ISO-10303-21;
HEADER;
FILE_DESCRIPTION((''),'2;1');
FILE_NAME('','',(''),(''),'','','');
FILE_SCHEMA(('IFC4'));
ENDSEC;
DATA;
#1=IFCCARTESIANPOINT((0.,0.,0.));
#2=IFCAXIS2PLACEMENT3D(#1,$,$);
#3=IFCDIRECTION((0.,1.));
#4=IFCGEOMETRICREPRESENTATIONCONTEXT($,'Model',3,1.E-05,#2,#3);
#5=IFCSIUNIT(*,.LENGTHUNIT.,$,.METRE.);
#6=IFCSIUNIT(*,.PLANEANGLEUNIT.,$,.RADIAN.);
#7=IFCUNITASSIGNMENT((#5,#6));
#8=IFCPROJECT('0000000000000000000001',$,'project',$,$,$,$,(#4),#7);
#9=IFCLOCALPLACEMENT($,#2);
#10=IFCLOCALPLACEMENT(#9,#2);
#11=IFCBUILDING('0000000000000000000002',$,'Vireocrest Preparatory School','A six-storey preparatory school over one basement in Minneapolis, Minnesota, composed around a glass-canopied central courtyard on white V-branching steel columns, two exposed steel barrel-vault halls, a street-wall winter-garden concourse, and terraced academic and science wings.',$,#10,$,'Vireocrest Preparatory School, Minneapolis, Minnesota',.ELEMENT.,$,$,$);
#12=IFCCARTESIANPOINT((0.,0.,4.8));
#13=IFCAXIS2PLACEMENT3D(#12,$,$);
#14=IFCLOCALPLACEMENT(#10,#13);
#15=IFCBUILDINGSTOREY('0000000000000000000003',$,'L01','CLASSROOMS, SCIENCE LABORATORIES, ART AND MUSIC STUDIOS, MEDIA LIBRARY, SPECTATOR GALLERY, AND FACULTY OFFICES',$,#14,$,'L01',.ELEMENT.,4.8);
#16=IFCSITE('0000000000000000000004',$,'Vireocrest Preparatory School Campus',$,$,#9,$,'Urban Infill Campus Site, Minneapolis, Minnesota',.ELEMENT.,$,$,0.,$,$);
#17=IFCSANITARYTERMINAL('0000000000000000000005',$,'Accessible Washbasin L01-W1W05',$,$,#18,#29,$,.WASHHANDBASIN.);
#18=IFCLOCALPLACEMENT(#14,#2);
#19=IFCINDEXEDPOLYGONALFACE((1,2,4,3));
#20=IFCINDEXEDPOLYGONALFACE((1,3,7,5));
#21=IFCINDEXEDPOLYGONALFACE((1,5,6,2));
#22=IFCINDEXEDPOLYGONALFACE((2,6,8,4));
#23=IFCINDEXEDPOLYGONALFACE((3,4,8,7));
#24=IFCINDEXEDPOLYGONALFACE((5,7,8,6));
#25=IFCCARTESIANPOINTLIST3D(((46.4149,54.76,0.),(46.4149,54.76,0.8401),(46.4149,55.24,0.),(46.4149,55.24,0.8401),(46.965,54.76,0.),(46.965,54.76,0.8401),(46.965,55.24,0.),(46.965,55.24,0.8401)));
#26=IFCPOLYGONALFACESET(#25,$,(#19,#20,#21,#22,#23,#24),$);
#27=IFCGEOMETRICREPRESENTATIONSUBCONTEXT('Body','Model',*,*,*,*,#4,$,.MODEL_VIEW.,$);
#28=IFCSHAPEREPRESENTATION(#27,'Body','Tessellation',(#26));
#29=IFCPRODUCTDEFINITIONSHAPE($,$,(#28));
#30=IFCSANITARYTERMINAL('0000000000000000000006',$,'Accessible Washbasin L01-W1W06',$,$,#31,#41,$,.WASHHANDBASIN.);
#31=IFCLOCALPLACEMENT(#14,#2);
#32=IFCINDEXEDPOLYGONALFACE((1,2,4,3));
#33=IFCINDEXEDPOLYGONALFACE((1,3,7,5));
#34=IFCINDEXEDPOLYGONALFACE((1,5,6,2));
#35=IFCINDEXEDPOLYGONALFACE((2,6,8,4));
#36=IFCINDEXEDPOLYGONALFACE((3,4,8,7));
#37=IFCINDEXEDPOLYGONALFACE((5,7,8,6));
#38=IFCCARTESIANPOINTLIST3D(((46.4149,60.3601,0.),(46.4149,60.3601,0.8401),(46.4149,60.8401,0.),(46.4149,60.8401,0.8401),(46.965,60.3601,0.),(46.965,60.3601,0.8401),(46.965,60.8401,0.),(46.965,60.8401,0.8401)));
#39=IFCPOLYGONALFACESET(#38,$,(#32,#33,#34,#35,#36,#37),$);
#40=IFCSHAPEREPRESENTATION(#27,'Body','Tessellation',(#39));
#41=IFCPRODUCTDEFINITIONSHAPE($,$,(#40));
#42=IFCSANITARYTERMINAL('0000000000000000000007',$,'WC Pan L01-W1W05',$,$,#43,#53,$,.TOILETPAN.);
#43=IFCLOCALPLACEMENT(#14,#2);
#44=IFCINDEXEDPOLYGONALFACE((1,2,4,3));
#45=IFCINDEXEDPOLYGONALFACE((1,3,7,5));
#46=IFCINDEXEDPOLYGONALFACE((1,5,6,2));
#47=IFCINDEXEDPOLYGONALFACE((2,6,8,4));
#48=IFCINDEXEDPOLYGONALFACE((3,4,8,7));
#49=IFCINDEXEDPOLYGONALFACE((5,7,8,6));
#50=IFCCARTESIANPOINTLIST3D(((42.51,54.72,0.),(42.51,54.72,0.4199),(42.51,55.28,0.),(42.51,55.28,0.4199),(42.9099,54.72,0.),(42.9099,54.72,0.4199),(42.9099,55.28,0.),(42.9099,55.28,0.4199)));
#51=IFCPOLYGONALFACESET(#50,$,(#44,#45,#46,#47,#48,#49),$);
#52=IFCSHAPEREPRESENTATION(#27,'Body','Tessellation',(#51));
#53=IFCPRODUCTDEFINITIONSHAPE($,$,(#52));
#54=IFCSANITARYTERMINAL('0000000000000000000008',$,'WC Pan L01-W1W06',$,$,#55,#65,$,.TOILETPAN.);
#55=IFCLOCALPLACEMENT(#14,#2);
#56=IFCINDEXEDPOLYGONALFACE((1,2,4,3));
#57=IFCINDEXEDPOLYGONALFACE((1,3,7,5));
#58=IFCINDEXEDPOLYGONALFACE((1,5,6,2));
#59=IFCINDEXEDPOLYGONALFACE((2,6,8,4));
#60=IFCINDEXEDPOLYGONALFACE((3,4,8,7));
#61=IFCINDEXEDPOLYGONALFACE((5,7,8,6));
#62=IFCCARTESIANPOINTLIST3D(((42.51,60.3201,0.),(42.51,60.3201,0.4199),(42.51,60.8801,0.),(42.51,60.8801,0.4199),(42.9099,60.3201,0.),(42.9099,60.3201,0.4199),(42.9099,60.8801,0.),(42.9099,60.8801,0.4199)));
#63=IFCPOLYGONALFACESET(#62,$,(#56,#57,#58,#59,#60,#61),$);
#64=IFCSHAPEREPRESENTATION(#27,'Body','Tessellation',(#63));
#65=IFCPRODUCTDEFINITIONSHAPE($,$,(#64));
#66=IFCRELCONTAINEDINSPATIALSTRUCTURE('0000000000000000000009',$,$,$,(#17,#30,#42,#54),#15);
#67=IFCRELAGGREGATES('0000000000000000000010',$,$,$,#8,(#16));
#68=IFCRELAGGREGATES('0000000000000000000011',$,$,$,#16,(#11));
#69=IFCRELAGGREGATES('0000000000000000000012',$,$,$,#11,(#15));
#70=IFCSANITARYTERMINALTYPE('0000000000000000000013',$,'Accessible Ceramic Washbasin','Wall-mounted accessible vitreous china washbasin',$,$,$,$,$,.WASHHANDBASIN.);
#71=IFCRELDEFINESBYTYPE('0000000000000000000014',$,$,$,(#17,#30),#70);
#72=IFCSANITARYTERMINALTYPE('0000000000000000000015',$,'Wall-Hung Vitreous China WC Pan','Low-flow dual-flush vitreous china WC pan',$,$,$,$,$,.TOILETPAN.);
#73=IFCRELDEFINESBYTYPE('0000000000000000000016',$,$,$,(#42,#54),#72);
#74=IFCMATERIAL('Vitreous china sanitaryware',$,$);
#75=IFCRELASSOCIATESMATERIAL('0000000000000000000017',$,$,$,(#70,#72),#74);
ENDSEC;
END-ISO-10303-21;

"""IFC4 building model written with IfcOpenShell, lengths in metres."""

from ifc_helpers import new_model, si_unit, direction, frame, origin, origin_2d, place, context, subcontext, project, spatial, rectangle, extrude, material, type_object, element, save


model = new_model("IFC4")

# Units and contexts
model_context = context("Model", 3, precision=1e-05, world=origin(), true_north=direction((0.0, 1.0)))
body_context = subcontext(model_context, "Body", "Model", "MODEL_VIEW")
ifc_project = project(units=[si_unit("LENGTHUNIT", "METRE"), si_unit("PLANEANGLEUNIT", "RADIAN")], contexts=[model_context])

# Site, building, storey
site_placement = place(None, origin())
site = spatial("IfcSite", under=ifc_project, at=site_placement, Name="Vireocrest Preparatory School Campus", LongName="Urban Infill Campus Site, Minneapolis, Minnesota", CompositionType="ELEMENT", RefElevation=0.0)
building_placement = place(site_placement, origin())
building = spatial("IfcBuilding", under=site, at=building_placement, Name="Vireocrest Preparatory School", Description="A six-storey preparatory school over one basement in Minneapolis, Minnesota, composed around a glass-canopied central courtyard on white V-branching steel columns, two exposed steel barrel-vault halls, a street-wall winter-garden concourse, and terraced academic and science wings.", LongName="Vireocrest Preparatory School, Minneapolis, Minnesota", CompositionType="ELEMENT")
storey_placement = place(building_placement, frame((0.0, 0.0, 4.8)))
storey = spatial("IfcBuildingStorey", under=building, at=storey_placement, Name="L01", Description="CLASSROOMS, SCIENCE LABORATORIES, ART AND MUSIC STUDIOS, MEDIA LIBRARY, SPECTATOR GALLERY, AND FACULTY OFFICES", LongName="L01", CompositionType="ELEMENT", Elevation=4.8)

# Sanitary terminals
ifc_material_1 = material(Name="Vitreous china sanitaryware")
sanitary_terminal_type_1 = type_object("IfcSanitaryTerminalType", Name="Accessible Ceramic Washbasin", Description="Wall-mounted accessible vitreous china washbasin", PredefinedType="WASHHANDBASIN", material=ifc_material_1)
for number, where, z_axis, x_axis, name in (
    (1, (46.6899, 55.0, 0.0), (0.0, 0.0, 1.0), (1.0, 0.0, 0.0), "Accessible Washbasin L01-W1W05"),
    (2, (46.6899, 60.6001, 0.0), (0.0, 0.0, 1.0), (1.0, 0.0, 0.0), "Accessible Washbasin L01-W1W06"),
):
    element("IfcSanitaryTerminal", number, at=place(storey_placement, frame(where, z_axis=z_axis, x_axis=x_axis)), inside=storey, type_object=sanitary_terminal_type_1, Name=name, PredefinedType="WASHHANDBASIN", context=body_context, shape_type="SweptSolid", body=[
        extrude(rectangle(XDim=0.55, YDim=0.48, at=origin_2d()), origin(), (0.0, 0.0, 1.0), 0.8401),
    ])
sanitary_terminal_type_2 = type_object("IfcSanitaryTerminalType", Name="Wall-Hung Vitreous China WC Pan", Description="Low-flow dual-flush vitreous china WC pan", PredefinedType="TOILETPAN", material=ifc_material_1)
for number, where, z_axis, x_axis, name in (
    (3, (42.71, 55.0, 0.0), (0.0, 0.0, 1.0), (1.0, 0.0, 0.0), "WC Pan L01-W1W05"),
    (4, (42.71, 60.6001, 0.0), (0.0, 0.0, 1.0), (1.0, 0.0, 0.0), "WC Pan L01-W1W06"),
):
    element("IfcSanitaryTerminal", number, at=place(storey_placement, frame(where, z_axis=z_axis, x_axis=x_axis)), inside=storey, type_object=sanitary_terminal_type_2, Name=name, PredefinedType="TOILETPAN", context=body_context, shape_type="SweptSolid", body=[
        extrude(rectangle(XDim=0.3999, YDim=0.5601, at=origin_2d()), origin(), (0.0, 0.0, 1.0), 0.4199),
    ])

save(model, "model.ifc")
